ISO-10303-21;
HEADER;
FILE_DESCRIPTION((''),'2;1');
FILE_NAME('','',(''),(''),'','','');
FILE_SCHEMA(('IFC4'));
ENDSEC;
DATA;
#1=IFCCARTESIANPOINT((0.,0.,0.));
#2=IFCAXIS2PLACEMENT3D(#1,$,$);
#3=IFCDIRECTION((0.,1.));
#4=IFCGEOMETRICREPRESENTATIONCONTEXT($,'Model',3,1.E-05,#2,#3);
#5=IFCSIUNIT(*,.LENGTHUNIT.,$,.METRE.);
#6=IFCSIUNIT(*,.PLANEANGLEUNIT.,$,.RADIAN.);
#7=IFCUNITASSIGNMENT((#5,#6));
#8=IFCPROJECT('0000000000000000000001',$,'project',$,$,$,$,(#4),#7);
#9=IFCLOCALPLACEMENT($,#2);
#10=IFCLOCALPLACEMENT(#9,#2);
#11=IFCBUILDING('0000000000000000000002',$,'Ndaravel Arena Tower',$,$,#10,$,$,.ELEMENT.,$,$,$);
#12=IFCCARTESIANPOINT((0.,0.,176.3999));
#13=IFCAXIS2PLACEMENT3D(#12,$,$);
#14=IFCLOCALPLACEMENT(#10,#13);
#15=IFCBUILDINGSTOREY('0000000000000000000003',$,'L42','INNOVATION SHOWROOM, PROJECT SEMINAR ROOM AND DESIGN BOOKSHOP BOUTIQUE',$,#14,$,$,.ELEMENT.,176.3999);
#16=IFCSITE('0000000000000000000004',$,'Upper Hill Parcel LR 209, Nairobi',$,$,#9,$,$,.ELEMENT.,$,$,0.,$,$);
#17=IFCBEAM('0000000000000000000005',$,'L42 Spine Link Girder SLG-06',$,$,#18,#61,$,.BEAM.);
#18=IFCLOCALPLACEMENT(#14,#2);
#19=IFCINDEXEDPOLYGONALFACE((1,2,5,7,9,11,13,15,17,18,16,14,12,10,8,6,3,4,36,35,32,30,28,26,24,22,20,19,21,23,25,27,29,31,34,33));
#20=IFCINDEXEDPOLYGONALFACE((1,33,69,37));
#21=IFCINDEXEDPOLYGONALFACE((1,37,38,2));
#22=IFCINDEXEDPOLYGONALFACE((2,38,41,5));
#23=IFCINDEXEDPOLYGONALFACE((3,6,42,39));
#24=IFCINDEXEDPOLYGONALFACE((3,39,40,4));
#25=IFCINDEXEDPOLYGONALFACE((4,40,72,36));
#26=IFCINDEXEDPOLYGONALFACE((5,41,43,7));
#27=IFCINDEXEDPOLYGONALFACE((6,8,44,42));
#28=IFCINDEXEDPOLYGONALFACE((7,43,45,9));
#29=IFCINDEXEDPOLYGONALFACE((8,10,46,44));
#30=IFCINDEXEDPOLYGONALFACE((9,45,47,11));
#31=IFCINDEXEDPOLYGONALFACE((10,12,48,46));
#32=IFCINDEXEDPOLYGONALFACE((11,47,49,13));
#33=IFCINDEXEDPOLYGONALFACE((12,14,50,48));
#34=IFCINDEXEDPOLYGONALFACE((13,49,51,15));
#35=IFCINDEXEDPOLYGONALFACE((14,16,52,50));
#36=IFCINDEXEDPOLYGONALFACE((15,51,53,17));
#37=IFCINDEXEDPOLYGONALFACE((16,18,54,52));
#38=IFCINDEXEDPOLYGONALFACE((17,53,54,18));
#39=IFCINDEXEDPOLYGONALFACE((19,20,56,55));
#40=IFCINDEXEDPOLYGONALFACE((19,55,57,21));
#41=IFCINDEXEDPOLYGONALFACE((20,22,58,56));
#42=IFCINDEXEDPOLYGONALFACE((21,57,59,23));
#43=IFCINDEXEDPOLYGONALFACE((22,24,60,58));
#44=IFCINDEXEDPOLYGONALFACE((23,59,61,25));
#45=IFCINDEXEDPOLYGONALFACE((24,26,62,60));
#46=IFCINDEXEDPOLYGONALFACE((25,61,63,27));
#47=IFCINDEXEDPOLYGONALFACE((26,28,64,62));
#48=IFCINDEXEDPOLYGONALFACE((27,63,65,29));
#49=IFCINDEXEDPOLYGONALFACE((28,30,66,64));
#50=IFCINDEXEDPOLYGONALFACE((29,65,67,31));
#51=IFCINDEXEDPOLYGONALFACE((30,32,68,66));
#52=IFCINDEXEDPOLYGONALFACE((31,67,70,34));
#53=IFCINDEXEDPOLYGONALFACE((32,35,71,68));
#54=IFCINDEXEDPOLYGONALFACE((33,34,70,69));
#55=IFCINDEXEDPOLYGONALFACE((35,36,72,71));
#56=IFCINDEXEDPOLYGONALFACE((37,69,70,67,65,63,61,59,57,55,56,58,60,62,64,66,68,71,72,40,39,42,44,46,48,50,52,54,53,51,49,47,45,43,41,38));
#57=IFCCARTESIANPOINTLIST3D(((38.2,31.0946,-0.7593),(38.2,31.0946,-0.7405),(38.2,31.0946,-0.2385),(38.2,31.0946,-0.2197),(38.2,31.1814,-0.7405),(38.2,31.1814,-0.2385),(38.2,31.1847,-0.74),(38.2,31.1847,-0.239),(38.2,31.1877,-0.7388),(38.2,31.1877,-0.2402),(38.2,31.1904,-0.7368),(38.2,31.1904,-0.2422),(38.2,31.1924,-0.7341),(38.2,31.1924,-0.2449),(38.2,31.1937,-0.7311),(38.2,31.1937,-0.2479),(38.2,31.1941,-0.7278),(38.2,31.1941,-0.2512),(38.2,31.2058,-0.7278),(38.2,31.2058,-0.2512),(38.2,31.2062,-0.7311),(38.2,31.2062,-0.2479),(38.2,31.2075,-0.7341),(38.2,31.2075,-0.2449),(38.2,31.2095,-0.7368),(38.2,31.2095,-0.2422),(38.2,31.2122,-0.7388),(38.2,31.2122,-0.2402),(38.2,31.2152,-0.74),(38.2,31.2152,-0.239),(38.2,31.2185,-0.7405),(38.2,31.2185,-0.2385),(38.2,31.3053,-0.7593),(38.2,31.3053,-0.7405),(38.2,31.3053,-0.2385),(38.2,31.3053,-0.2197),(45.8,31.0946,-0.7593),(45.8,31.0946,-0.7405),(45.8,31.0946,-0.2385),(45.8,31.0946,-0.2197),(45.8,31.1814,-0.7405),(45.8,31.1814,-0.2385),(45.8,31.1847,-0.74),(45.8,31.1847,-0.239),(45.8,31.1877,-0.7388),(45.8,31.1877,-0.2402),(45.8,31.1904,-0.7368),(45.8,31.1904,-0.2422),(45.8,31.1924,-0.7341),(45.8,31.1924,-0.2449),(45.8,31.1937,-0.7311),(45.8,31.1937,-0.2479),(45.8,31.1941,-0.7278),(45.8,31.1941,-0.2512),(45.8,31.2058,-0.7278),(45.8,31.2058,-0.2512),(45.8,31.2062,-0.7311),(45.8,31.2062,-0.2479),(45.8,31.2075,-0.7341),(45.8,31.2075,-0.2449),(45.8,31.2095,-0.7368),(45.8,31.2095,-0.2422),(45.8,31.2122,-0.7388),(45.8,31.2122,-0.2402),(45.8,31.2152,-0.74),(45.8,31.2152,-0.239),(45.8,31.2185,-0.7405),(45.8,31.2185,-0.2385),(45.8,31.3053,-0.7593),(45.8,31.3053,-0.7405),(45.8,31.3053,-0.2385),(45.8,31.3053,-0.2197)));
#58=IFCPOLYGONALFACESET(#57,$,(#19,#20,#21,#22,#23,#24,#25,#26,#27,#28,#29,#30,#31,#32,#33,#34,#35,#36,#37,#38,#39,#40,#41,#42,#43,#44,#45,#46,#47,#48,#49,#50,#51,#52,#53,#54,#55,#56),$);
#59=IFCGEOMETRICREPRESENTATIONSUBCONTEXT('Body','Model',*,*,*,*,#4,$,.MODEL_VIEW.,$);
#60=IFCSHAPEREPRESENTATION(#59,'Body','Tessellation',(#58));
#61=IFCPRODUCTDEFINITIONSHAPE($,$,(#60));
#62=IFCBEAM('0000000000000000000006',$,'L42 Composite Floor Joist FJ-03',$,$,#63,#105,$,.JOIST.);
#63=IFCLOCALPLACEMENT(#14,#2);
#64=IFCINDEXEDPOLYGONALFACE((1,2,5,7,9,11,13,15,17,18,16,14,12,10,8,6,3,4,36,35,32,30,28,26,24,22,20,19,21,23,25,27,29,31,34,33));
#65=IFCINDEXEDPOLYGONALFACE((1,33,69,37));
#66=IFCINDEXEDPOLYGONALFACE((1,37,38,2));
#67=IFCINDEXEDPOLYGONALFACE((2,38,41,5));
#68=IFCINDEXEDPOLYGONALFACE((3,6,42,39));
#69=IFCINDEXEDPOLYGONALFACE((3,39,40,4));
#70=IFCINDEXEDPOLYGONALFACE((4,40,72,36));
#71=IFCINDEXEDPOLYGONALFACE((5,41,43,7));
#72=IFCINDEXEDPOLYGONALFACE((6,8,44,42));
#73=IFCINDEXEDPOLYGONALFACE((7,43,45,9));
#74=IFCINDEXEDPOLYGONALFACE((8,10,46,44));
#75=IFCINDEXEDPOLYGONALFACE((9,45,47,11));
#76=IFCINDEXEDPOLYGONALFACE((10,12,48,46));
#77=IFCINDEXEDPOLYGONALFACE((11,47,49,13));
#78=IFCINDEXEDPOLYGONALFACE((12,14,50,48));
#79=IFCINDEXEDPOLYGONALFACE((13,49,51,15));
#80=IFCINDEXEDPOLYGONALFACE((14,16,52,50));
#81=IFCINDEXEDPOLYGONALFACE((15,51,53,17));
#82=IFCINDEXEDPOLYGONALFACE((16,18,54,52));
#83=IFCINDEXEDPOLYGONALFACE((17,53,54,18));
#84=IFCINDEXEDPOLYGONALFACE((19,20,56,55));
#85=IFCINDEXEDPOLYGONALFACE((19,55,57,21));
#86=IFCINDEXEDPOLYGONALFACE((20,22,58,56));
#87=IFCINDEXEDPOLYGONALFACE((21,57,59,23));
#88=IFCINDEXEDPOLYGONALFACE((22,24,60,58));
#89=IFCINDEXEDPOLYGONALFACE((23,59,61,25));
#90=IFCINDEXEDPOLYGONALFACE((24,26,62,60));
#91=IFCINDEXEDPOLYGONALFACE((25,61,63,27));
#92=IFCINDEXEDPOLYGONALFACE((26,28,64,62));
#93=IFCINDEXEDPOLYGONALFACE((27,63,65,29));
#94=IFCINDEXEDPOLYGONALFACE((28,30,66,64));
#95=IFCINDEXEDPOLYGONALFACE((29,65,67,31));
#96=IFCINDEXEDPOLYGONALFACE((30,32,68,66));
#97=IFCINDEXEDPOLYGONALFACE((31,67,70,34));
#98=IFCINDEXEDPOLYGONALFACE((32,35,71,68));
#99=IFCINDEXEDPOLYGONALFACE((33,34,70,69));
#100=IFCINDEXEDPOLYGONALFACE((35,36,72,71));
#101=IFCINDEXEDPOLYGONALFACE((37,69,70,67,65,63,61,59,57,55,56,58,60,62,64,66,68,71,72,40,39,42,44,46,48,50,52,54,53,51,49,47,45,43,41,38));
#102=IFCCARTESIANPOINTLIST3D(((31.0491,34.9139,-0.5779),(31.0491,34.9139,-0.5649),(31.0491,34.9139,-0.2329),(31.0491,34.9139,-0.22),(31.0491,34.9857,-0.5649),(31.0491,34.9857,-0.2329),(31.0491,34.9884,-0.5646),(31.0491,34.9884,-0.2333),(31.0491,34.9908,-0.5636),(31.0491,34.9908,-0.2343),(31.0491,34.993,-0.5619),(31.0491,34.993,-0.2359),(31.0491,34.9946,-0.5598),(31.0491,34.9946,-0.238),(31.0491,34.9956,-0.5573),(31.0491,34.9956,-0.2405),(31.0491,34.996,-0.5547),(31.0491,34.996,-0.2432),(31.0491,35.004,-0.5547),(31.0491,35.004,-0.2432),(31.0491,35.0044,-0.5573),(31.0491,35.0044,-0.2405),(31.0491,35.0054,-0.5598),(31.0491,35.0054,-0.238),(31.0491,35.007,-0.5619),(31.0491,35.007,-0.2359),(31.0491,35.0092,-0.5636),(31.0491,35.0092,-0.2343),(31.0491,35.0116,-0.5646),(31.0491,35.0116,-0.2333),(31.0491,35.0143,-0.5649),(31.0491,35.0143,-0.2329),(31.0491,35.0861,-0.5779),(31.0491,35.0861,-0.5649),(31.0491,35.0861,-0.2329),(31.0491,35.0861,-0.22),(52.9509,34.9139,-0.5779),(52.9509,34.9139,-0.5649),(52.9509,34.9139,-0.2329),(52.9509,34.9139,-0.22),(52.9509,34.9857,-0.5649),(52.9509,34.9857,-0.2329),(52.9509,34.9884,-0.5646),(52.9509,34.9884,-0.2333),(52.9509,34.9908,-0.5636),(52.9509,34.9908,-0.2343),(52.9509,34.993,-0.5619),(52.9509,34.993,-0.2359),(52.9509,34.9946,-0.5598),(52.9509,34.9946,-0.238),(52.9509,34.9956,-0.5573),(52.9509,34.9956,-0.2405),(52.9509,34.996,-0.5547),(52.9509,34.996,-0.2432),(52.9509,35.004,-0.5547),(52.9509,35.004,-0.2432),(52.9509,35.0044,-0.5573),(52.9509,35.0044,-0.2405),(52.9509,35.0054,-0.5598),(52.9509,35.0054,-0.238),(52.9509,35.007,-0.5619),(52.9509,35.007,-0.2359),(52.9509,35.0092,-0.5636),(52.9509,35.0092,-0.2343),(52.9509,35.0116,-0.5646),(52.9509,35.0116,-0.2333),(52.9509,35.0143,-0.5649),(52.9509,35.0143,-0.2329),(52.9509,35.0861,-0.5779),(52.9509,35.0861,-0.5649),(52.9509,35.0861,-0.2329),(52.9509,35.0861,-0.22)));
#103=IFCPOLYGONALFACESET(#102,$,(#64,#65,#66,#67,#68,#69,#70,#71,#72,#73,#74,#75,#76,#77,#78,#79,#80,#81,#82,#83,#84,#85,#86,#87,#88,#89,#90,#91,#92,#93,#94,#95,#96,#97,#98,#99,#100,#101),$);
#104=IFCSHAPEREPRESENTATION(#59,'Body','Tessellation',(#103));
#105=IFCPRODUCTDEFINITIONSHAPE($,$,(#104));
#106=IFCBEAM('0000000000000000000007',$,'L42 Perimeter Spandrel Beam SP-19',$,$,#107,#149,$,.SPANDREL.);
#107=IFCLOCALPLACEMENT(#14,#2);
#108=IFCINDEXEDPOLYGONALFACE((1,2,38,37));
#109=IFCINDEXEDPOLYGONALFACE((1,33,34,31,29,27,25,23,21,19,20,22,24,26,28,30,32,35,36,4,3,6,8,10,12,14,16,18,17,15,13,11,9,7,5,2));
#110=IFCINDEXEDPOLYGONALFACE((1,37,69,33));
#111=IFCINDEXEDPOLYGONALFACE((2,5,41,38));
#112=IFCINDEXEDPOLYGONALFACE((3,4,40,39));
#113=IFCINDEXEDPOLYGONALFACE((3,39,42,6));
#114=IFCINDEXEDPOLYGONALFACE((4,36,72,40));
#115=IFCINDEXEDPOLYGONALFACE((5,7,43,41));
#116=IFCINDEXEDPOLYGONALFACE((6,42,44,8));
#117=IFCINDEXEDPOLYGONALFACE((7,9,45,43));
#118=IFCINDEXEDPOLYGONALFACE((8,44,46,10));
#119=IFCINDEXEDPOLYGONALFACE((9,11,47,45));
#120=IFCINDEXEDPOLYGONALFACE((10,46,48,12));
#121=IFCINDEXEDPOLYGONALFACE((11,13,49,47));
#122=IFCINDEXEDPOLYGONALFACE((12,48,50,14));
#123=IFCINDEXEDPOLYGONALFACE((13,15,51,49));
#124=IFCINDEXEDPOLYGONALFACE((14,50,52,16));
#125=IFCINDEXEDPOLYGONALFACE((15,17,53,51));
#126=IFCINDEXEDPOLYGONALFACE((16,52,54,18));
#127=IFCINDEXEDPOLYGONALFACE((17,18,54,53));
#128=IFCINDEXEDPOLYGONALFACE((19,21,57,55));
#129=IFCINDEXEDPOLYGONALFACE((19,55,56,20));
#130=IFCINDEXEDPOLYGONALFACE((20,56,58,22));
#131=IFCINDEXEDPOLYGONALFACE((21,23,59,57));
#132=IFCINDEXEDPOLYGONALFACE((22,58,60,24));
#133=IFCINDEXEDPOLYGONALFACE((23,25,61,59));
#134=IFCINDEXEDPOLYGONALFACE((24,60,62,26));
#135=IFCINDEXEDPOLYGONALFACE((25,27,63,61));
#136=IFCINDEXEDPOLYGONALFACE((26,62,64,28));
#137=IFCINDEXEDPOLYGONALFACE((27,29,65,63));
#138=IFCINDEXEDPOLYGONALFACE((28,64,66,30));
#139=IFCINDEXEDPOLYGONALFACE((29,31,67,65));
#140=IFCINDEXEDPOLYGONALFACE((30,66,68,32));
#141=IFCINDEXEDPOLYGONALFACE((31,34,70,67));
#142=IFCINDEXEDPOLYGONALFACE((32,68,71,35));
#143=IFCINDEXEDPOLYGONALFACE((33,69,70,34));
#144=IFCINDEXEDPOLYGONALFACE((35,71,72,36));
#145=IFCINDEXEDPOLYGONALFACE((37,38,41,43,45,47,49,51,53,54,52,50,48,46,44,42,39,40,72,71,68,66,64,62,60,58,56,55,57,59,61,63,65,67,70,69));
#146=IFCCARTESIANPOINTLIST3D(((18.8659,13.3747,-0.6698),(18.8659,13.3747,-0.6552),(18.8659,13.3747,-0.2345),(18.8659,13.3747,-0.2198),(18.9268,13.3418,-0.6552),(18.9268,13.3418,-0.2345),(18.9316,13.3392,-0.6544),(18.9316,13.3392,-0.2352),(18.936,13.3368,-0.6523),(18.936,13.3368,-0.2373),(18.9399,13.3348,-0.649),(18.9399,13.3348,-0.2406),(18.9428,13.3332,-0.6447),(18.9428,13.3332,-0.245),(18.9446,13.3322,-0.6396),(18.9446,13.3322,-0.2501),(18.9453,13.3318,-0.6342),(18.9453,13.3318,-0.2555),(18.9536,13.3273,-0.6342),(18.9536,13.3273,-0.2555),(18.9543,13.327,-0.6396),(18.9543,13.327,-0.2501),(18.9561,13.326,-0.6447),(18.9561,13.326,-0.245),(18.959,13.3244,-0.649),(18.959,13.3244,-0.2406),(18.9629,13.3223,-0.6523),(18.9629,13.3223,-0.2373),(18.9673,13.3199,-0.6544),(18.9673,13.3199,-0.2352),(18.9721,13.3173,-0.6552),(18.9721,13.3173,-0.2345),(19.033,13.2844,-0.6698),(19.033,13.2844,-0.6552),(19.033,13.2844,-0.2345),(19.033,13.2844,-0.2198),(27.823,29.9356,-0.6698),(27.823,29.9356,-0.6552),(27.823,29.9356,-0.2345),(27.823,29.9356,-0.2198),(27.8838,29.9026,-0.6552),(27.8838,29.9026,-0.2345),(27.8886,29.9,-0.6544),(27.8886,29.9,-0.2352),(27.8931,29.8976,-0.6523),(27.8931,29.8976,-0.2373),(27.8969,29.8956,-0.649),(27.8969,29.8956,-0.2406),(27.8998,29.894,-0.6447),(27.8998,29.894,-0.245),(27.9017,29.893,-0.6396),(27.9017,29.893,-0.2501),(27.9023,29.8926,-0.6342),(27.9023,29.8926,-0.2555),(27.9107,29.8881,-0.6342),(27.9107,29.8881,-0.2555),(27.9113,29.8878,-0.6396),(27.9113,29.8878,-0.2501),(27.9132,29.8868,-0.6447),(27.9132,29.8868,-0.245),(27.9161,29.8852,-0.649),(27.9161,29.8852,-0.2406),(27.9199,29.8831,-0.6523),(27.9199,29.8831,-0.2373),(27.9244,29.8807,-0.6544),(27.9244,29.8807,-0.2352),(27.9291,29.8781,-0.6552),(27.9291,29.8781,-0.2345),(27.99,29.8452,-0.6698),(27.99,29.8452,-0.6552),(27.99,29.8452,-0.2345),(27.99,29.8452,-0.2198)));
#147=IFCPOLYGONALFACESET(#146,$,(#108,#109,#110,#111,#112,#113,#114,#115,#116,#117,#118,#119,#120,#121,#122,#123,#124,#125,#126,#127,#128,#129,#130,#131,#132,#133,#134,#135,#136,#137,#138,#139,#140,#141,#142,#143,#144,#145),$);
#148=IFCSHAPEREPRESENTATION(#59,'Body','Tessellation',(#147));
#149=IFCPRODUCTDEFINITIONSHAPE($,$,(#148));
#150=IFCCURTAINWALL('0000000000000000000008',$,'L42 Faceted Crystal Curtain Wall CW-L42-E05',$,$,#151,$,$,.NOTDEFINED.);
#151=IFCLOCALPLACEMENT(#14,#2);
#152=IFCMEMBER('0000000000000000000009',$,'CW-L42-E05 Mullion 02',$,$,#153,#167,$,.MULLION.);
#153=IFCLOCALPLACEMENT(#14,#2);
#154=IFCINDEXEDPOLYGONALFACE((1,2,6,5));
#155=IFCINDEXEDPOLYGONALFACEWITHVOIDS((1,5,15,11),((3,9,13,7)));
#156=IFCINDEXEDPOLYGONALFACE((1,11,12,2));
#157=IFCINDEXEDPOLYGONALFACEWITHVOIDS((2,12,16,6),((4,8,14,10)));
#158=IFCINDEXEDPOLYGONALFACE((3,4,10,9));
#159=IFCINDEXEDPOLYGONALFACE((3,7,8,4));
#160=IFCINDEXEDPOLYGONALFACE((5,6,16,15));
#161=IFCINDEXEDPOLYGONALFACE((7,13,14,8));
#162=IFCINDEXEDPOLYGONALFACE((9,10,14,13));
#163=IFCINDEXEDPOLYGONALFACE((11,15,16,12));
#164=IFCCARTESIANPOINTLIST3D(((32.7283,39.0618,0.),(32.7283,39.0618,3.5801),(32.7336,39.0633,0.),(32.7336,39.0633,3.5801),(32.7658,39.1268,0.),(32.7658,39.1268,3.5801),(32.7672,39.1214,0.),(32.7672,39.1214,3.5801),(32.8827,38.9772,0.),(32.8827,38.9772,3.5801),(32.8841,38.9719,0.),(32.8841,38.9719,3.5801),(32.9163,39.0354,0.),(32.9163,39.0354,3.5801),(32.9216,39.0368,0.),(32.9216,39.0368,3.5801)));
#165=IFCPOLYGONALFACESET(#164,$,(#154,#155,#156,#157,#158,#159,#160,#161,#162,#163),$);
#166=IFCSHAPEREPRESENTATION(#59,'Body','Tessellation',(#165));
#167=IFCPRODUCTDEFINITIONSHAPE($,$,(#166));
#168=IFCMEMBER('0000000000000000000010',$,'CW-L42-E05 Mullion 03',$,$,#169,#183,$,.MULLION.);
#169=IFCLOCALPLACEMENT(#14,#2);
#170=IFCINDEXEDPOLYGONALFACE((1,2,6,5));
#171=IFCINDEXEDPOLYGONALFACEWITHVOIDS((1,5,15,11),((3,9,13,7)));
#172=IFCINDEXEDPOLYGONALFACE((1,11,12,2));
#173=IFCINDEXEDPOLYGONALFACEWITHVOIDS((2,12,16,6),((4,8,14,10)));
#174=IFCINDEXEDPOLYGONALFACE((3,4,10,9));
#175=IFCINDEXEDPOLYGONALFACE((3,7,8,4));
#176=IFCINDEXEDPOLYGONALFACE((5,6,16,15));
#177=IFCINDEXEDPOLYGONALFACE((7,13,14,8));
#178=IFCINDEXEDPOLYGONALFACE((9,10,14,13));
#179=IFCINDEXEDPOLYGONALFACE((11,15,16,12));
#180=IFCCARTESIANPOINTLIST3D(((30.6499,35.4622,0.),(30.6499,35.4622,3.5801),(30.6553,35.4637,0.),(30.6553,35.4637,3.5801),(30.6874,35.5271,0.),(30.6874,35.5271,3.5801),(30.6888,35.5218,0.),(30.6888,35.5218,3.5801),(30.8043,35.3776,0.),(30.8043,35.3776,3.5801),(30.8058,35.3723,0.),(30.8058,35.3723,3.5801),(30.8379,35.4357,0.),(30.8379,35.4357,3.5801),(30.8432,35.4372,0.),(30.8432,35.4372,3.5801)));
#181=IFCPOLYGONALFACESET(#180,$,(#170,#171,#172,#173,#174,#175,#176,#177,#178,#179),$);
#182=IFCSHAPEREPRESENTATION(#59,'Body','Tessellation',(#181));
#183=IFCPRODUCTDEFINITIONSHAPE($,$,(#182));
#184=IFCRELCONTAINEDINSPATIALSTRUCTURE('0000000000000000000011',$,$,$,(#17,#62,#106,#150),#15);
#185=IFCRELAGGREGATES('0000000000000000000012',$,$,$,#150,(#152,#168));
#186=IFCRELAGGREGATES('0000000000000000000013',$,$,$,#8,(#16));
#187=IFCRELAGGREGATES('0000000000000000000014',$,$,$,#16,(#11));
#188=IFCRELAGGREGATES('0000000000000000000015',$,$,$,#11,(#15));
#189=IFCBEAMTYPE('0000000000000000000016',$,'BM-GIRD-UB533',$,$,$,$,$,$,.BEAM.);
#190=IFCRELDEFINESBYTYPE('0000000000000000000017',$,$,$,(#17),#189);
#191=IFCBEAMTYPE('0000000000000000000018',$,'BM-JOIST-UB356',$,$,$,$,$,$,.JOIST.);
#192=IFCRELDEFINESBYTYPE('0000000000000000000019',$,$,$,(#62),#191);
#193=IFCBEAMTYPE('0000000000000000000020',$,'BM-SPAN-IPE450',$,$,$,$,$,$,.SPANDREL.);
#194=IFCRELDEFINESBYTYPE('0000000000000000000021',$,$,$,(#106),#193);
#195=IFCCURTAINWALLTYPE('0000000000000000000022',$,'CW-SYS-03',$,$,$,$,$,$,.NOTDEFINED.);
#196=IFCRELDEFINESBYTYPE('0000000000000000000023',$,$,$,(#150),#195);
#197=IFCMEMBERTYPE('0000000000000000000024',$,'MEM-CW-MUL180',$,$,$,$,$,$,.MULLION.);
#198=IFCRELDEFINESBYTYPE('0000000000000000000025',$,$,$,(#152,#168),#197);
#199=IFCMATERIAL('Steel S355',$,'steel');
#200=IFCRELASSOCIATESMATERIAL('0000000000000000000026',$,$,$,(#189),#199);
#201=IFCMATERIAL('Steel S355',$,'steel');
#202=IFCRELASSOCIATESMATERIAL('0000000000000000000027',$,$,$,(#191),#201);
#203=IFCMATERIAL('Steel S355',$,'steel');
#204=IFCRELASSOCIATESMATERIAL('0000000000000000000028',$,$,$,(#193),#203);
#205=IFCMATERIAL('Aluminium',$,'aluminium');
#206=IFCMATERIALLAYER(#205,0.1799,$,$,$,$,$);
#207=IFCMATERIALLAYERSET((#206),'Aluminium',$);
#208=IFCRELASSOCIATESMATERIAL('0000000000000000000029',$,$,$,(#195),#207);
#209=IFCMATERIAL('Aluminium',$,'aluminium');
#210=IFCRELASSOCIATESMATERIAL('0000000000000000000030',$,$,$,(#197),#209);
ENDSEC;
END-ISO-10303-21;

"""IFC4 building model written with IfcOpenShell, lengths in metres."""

from ifc_helpers import new_model, si_unit, direction, frame, origin, origin_2d, place, context, subcontext, project, spatial, hollow_rectangle, i_section, extrude, material, layer, layer_set, material_profile, profile_set, type_object, element, aggregate, save


model = new_model("IFC4")

# Units and contexts
model_context = context("Model", 3, precision=1e-05, world=origin(), true_north=direction((0.0, 1.0)))
body_context = subcontext(model_context, "Body", "Model", "MODEL_VIEW")
ifc_project = project(units=[si_unit("LENGTHUNIT", "METRE"), si_unit("PLANEANGLEUNIT", "RADIAN")], contexts=[model_context])

# Site, building, storey
site_placement = place(None, origin())
site = spatial("IfcSite", under=ifc_project, at=site_placement, Name="Upper Hill Parcel LR 209, Nairobi", CompositionType="ELEMENT", RefElevation=0.0)
building_placement = place(site_placement, origin())
building = spatial("IfcBuilding", under=site, at=building_placement, Name="Ndaravel Arena Tower", CompositionType="ELEMENT")
storey_placement = place(building_placement, frame((0.0, 0.0, 176.3999)))
storey = spatial("IfcBuildingStorey", under=building, at=storey_placement, Name="L42", Description="INNOVATION SHOWROOM, PROJECT SEMINAR ROOM AND DESIGN BOOKSHOP BOUTIQUE", CompositionType="ELEMENT", Elevation=176.3999)

# Beams
ifc_material_1 = material(Name="Steel S355", Category="steel")
ifc_material_profile_1 = material_profile(ifc_material_1, i_section(OverallWidth=0.2107, OverallDepth=0.5396, WebThickness=0.0117, FlangeThickness=0.0188, FilletRadius=0.0127, at=origin_2d()), Name="UB 533x210x109")
ifc_profile_set_1 = profile_set([ifc_material_profile_1], Name="Steel S355")
beam_type_1 = type_object("IfcBeamType", Name="BM-GIRD-UB533", PredefinedType="BEAM", material=ifc_profile_set_1)
beam_1_placement = place(storey_placement, frame((38.2, 31.2, -0.4895), z_axis=(1.0, 0.0, 0.0), x_axis=(0.0, 1.0, 0.0)))
element("IfcBeam", 1, at=beam_1_placement, inside=storey, type_object=beam_type_1, Name="L42 Spine Link Girder SLG-06", PredefinedType="BEAM", context=body_context, shape_type="SweptSolid", body=[
    extrude(i_section(OverallWidth=0.2107, OverallDepth=0.5396, WebThickness=0.0117, FlangeThickness=0.0188, FilletRadius=0.0127, at=origin_2d()), origin(), (0.0, 0.0, 1.0), 7.6001),
])
ifc_material_2 = material(Name="Steel S355", Category="steel")
ifc_material_profile_2 = material_profile(ifc_material_2, i_section(OverallWidth=0.1721, OverallDepth=0.3579, WebThickness=0.0081, FlangeThickness=0.0129, FilletRadius=0.0103, at=origin_2d()), Name="UB 356x171x57")
ifc_profile_set_2 = profile_set([ifc_material_profile_2], Name="Steel S355")
beam_type_2 = type_object("IfcBeamType", Name="BM-JOIST-UB356", PredefinedType="JOIST", material=ifc_profile_set_2)
beam_2_placement = place(storey_placement, frame((31.0491, 35.0, -0.3989), z_axis=(1.0, 0.0, 0.0), x_axis=(0.0, 1.0, 0.0)))
element("IfcBeam", 2, at=beam_2_placement, inside=storey, type_object=beam_type_2, Name="L42 Composite Floor Joist FJ-03", PredefinedType="JOIST", context=body_context, shape_type="SweptSolid", body=[
    extrude(i_section(OverallWidth=0.1721, OverallDepth=0.3579, WebThickness=0.0081, FlangeThickness=0.0129, FilletRadius=0.0103, at=origin_2d()), origin(), (0.0, 0.0, 1.0), 21.9019),
])
ifc_material_3 = material(Name="Steel S355", Category="steel")
ifc_material_profile_3 = material_profile(ifc_material_3, i_section(OverallWidth=0.1899, OverallDepth=0.45, WebThickness=0.0095, FlangeThickness=0.0146, FilletRadius=0.021, at=origin_2d()), Name="IPE 450")
ifc_profile_set_3 = profile_set([ifc_material_profile_3], Name="Steel S355")
beam_type_3 = type_object("IfcBeamType", Name="BM-SPAN-IPE450", PredefinedType="SPANDREL", material=ifc_profile_set_3)
beam_3_placement = place(storey_placement, frame((27.9065, 29.8904, -0.4448), z_axis=(-0.475733, -0.87959, 0.0), x_axis=(0.87959, -0.475733, 0.0)))
element("IfcBeam", 3, at=beam_3_placement, inside=storey, type_object=beam_type_3, Name="L42 Perimeter Spandrel Beam SP-19", PredefinedType="SPANDREL", context=body_context, shape_type="SweptSolid", body=[
    extrude(i_section(OverallWidth=0.1899, OverallDepth=0.45, WebThickness=0.0095, FlangeThickness=0.0146, FilletRadius=0.021, at=origin_2d()), origin(), (0.0, 0.0, 1.0), 18.8279),
])

# Curtain wall, members
ifc_material_4 = material(Name="Aluminium", Category="aluminium")
ifc_layer_1 = layer(ifc_material_4, 0.1799)
ifc_layer_set_1 = layer_set([ifc_layer_1], Name="Aluminium")
curtain_wall_type = type_object("IfcCurtainWallType", Name="CW-SYS-03", PredefinedType="NOTDEFINED", material=ifc_layer_set_1)
curtain_wall_placement = place(storey_placement, origin())
curtain_wall = element("IfcCurtainWall", 4, at=curtain_wall_placement, inside=storey, type_object=curtain_wall_type, Name="L42 Faceted Crystal Curtain Wall CW-L42-E05", PredefinedType="NOTDEFINED")
ifc_material_5 = material(Name="Aluminium", Category="aluminium")
ifc_material_profile_4 = material_profile(ifc_material_5, hollow_rectangle(XDim=0.075, YDim=0.1799, WallThickness=0.0039, at=origin_2d()), Name="CW MULLION 75x180x4")
ifc_profile_set_4 = profile_set([ifc_material_profile_4], Name="Aluminium")
member_type = type_object("IfcMemberType", Name="MEM-CW-MUL180", PredefinedType="MULLION", material=ifc_profile_set_4)
member_1_placement = place(storey_placement, frame((32.825, 39.0493, 0.0), z_axis=(0.0, 0.0, 1.0), x_axis=(-0.5, -0.866025, 0.0)))
member_1 = element("IfcMember", 5, at=member_1_placement, type_object=member_type, Name="CW-L42-E05 Mullion 02", PredefinedType="MULLION", context=body_context, shape_type="SweptSolid", body=[
    extrude(hollow_rectangle(XDim=0.075, YDim=0.1799, WallThickness=0.0039, at=origin_2d()), origin(), (0.0, 0.0, 1.0), 3.5801),
])
member_2_placement = place(storey_placement, frame((30.7466, 35.4497, 0.0), z_axis=(0.0, 0.0, 1.0), x_axis=(-0.5, -0.866025, 0.0)))
member_2 = element("IfcMember", 6, at=member_2_placement, type_object=member_type, Name="CW-L42-E05 Mullion 03", PredefinedType="MULLION", context=body_context, shape_type="SweptSolid", body=[
    extrude(hollow_rectangle(XDim=0.075, YDim=0.1799, WallThickness=0.0039, at=origin_2d()), origin(), (0.0, 0.0, 1.0), 3.5801),
])
aggregate(curtain_wall, [member_1, member_2])

save(model, "model.ifc")
